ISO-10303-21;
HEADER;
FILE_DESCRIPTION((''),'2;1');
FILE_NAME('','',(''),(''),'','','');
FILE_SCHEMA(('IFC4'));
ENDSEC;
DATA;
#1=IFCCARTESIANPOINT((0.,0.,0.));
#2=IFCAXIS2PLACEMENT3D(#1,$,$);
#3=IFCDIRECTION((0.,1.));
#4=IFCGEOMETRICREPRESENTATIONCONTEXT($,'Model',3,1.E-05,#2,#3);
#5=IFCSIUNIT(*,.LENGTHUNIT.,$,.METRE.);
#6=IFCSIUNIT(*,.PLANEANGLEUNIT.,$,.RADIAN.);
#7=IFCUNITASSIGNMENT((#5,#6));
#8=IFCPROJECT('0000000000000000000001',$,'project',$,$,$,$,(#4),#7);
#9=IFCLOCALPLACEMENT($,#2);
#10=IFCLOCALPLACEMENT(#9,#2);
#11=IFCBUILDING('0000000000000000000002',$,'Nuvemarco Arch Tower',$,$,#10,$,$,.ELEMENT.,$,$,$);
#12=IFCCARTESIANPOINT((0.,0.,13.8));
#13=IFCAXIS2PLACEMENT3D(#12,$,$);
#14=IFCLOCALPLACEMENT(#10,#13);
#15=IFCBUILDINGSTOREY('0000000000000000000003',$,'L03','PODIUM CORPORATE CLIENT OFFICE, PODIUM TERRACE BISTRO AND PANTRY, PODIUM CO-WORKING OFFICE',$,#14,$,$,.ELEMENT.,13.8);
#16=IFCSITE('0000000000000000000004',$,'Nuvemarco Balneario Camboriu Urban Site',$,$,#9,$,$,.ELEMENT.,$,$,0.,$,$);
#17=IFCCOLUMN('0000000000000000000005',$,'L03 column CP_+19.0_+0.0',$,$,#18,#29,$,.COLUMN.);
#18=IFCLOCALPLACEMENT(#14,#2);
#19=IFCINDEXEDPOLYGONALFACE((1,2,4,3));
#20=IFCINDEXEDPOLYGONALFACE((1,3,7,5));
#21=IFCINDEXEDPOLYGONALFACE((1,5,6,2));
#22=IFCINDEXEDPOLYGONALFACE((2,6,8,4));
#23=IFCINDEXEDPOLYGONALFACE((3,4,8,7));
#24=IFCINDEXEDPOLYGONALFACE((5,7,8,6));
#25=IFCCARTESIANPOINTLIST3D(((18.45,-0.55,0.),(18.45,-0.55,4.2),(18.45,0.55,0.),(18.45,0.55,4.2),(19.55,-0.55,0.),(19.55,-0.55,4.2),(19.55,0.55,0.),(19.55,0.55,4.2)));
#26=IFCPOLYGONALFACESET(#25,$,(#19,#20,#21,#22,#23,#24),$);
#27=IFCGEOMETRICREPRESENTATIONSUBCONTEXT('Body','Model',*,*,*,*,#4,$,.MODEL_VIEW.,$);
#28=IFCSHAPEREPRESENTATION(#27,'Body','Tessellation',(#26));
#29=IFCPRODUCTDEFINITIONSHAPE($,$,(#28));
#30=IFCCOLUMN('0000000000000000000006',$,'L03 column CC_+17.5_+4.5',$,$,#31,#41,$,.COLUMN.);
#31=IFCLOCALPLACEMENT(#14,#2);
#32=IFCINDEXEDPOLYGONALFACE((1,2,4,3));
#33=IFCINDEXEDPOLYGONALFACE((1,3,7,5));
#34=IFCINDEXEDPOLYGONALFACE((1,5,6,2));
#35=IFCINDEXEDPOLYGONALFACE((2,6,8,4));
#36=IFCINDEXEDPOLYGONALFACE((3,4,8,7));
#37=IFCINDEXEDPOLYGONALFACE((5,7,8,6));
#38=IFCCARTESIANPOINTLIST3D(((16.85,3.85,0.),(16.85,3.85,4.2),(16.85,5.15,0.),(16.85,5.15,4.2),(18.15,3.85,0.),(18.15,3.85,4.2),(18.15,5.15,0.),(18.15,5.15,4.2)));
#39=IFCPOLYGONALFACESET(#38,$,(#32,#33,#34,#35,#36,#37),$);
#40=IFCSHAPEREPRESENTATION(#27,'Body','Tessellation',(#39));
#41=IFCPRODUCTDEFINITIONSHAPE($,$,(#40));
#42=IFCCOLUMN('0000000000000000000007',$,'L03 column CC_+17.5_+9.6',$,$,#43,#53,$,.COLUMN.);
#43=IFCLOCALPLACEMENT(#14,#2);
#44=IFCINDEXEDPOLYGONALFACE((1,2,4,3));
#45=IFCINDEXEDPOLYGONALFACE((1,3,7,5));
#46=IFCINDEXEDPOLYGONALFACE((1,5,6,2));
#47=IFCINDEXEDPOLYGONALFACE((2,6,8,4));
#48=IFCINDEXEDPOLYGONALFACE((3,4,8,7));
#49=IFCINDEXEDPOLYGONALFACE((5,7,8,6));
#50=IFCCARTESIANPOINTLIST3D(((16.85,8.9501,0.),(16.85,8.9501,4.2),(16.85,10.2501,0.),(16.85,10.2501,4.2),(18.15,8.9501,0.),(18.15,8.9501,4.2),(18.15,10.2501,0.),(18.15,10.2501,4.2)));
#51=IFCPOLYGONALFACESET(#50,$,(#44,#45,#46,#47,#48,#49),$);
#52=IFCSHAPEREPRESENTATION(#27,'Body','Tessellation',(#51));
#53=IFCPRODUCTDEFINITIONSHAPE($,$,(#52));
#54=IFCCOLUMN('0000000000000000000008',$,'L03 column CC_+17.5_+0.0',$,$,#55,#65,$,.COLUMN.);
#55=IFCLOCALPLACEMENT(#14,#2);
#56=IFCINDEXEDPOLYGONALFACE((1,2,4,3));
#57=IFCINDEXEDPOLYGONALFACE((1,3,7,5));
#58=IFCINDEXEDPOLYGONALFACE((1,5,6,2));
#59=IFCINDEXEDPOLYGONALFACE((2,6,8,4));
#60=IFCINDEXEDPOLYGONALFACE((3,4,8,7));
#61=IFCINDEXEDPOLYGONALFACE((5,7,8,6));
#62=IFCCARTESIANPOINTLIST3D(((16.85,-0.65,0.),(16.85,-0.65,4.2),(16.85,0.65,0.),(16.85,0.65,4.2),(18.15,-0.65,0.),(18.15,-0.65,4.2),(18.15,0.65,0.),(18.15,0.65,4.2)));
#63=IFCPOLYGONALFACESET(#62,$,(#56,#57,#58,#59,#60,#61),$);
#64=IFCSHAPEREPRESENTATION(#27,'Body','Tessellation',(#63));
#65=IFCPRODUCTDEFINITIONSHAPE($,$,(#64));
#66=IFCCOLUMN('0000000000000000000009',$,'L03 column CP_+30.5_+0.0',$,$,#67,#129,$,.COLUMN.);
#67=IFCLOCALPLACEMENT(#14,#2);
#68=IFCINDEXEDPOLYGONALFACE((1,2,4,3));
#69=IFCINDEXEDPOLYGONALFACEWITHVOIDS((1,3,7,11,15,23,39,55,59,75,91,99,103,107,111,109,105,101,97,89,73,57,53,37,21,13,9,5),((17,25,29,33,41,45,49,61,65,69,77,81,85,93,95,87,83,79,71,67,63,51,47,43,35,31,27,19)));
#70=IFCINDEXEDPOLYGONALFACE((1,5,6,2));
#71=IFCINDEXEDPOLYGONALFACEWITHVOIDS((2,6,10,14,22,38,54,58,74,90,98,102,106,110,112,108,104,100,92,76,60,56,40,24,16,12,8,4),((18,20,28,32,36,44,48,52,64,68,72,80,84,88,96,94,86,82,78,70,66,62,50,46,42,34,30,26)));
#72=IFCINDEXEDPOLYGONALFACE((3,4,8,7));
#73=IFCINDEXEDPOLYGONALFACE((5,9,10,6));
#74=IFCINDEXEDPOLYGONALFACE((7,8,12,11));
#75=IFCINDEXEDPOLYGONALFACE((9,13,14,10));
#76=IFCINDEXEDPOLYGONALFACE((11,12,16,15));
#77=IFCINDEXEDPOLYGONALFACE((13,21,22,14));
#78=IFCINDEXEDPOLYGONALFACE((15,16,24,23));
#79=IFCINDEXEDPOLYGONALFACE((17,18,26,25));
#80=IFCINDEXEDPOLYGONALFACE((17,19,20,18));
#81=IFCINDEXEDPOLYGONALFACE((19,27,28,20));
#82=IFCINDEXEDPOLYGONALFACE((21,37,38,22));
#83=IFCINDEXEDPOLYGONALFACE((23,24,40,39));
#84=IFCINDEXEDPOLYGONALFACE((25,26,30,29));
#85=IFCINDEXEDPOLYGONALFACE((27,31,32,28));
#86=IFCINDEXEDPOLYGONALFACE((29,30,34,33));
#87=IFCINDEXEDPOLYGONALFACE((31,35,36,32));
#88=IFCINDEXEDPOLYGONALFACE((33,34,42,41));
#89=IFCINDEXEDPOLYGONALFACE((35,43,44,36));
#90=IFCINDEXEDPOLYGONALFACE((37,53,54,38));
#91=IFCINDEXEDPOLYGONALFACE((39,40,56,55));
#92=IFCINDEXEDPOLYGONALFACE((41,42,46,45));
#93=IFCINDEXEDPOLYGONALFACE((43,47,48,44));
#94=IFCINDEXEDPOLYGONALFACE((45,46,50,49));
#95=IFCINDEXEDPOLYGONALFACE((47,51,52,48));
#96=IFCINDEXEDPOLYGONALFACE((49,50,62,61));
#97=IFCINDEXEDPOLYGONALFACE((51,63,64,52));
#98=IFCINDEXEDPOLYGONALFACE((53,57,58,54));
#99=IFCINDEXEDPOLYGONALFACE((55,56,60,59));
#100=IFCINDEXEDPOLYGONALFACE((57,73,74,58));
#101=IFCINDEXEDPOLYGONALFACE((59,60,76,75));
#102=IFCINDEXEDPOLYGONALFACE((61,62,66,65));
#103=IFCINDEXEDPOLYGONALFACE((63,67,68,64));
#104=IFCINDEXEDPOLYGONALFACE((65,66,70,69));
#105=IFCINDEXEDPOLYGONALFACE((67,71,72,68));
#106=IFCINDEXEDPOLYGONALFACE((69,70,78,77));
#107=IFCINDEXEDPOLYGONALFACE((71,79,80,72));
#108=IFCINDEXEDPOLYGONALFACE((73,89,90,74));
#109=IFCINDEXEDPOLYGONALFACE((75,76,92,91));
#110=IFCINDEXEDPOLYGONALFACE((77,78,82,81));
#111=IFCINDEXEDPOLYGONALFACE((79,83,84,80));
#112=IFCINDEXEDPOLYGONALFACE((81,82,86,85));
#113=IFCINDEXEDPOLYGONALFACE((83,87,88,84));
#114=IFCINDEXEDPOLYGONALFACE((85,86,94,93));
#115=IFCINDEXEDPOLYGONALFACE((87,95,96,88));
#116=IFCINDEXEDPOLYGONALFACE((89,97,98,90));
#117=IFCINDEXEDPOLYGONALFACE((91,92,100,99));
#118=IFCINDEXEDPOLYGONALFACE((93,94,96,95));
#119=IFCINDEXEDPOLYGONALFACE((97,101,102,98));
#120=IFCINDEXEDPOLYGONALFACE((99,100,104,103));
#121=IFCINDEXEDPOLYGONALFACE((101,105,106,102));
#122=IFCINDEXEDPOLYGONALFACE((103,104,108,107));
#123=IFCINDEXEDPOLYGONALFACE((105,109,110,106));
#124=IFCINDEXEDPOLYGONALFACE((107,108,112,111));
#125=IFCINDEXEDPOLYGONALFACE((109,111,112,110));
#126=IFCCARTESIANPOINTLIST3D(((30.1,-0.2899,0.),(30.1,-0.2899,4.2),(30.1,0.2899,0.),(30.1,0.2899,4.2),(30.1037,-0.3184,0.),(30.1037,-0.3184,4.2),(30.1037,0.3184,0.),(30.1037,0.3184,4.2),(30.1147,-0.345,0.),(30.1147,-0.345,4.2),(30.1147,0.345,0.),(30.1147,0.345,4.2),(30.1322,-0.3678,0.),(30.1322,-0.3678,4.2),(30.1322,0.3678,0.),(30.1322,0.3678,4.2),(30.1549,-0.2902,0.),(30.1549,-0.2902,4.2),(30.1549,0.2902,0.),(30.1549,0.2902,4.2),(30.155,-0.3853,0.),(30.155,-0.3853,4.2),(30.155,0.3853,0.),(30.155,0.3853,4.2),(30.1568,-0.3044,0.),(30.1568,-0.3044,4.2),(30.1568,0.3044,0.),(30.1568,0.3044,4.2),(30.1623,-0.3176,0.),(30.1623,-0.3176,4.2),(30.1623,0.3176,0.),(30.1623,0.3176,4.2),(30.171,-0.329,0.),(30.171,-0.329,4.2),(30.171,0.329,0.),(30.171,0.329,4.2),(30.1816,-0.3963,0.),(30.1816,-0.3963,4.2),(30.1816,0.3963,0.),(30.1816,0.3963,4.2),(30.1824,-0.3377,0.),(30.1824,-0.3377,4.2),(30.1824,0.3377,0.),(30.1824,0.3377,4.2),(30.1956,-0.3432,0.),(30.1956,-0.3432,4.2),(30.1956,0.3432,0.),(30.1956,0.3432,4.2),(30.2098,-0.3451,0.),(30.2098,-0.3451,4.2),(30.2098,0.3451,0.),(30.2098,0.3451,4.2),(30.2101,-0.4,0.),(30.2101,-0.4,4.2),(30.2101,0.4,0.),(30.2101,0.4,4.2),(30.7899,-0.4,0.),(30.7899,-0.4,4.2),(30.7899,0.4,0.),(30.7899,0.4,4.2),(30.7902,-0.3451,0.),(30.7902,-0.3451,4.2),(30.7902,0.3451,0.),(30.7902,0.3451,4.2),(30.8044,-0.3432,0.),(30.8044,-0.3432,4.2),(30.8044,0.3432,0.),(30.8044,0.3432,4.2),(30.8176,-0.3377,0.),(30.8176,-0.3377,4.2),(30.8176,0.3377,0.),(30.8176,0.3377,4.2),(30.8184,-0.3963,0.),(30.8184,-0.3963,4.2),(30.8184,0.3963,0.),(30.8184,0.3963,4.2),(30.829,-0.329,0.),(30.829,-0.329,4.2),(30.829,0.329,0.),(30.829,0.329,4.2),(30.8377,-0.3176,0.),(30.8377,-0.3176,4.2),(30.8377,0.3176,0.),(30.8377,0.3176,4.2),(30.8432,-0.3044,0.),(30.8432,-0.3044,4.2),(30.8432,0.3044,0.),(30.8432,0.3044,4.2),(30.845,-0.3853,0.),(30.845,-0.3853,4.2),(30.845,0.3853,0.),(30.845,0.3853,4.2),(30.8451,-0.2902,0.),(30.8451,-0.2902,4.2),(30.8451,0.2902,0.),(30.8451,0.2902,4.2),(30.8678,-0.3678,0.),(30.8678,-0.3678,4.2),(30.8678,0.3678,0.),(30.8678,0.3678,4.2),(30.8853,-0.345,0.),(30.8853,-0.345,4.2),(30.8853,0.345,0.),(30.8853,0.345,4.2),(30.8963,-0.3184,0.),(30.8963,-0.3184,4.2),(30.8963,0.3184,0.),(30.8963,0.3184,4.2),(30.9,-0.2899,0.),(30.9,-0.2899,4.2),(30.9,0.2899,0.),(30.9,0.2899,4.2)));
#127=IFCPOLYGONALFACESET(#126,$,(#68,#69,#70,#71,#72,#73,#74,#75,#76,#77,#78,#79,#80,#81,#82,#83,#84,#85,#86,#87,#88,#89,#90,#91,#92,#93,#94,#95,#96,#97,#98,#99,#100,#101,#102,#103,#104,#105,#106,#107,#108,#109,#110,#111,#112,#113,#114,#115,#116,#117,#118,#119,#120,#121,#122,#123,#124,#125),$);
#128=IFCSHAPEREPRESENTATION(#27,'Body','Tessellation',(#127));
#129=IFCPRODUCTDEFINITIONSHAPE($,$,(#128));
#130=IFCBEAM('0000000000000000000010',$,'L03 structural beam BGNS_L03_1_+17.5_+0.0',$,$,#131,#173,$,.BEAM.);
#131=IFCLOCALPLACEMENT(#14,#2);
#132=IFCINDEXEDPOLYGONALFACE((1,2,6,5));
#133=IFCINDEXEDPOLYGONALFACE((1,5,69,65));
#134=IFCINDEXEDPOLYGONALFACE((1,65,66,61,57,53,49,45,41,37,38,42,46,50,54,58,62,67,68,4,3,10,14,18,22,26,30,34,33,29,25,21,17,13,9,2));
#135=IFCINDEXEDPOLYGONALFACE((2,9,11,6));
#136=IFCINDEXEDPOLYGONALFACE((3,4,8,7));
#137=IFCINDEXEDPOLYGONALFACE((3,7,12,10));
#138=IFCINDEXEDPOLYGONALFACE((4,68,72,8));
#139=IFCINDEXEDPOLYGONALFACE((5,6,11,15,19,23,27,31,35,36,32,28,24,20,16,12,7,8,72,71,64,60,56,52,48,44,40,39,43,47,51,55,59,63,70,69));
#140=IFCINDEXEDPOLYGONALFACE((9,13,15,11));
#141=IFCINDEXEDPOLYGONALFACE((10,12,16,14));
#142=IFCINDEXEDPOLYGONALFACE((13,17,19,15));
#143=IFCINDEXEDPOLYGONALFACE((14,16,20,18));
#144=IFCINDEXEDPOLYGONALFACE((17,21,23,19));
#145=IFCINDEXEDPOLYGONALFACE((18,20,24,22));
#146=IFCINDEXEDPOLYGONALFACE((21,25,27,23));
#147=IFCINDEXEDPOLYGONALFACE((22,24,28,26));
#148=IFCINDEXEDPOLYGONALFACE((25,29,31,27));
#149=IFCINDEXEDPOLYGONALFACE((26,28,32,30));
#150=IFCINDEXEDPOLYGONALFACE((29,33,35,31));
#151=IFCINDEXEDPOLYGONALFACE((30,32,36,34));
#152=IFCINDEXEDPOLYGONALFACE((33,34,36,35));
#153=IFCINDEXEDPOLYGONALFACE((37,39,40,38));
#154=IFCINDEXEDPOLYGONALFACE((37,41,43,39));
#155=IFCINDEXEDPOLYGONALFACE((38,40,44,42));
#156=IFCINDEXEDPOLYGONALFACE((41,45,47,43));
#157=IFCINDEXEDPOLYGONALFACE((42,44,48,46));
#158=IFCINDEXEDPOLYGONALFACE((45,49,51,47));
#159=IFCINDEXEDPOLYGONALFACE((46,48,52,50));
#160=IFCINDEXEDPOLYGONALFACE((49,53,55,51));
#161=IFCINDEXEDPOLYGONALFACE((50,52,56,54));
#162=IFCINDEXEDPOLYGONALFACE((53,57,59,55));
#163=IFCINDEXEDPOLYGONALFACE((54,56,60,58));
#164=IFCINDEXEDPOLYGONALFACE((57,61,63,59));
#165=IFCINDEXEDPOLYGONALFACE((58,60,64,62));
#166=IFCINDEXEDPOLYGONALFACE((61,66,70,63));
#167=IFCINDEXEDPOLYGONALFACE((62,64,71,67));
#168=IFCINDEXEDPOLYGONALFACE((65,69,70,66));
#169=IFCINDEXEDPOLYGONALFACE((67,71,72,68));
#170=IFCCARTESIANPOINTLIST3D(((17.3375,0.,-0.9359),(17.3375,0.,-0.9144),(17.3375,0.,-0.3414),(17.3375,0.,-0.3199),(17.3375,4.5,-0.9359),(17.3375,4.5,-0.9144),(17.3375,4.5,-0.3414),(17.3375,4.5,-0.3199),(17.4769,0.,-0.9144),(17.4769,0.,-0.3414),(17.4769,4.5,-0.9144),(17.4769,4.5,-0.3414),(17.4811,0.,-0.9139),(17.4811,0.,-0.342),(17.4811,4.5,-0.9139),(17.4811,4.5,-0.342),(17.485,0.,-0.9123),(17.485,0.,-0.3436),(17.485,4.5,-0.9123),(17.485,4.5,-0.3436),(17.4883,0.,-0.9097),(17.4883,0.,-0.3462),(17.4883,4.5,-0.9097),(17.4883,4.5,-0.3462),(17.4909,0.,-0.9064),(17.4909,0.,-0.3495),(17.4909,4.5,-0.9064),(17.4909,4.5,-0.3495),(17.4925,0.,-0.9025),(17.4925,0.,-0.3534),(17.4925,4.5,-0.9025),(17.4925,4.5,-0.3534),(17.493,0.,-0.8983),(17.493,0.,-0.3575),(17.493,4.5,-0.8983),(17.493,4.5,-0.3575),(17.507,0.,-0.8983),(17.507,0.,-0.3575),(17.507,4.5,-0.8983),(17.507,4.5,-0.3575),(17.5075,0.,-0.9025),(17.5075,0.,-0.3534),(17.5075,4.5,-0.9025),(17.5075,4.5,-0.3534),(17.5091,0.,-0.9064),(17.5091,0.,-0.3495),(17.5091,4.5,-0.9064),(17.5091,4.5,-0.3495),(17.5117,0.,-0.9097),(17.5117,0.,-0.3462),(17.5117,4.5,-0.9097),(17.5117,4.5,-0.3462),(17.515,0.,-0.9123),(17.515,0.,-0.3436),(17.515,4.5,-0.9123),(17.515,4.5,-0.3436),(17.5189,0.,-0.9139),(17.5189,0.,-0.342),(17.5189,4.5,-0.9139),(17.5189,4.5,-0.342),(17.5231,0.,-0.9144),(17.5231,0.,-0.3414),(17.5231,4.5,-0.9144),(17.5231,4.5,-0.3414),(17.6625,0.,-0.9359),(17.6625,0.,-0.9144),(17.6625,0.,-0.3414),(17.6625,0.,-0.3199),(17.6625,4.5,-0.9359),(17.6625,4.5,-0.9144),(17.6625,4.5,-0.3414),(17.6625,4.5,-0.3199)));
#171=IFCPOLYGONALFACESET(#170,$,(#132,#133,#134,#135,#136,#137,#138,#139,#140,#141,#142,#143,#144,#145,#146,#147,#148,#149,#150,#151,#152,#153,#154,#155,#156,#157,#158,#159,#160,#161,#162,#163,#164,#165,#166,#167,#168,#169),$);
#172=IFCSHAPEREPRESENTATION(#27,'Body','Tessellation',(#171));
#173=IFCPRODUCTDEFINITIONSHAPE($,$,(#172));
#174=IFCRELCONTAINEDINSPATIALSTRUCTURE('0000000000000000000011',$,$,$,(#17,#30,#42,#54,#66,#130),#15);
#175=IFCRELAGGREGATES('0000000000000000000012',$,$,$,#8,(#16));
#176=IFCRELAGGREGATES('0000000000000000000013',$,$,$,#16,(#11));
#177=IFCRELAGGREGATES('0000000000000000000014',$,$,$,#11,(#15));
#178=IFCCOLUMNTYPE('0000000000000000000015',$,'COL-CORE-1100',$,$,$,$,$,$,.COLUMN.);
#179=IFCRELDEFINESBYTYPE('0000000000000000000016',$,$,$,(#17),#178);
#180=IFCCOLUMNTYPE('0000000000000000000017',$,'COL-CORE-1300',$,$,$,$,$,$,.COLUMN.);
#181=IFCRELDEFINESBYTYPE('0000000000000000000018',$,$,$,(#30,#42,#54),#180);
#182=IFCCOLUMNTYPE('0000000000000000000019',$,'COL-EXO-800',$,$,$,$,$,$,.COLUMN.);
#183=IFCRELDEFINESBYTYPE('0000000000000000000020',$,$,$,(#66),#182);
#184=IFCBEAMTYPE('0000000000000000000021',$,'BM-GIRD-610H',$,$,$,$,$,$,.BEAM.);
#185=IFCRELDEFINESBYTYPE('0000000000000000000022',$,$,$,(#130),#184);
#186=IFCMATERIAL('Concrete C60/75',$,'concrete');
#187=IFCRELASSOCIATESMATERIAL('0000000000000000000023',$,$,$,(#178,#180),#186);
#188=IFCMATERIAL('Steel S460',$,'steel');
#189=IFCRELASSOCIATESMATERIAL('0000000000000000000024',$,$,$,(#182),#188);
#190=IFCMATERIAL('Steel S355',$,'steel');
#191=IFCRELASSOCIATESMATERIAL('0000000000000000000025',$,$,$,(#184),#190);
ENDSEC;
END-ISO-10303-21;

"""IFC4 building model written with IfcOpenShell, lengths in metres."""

from ifc_helpers import new_model, si_unit, direction, frame, origin, origin_2d, place, context, subcontext, project, spatial, rectangle, hollow_rectangle, i_section, extrude, material, material_profile, profile_set, type_object, element, save


model = new_model("IFC4")

# Units and contexts
model_context = context("Model", 3, precision=1e-05, world=origin(), true_north=direction((0.0, 1.0)))
body_context = subcontext(model_context, "Body", "Model", "MODEL_VIEW")
ifc_project = project(units=[si_unit("LENGTHUNIT", "METRE"), si_unit("PLANEANGLEUNIT", "RADIAN")], contexts=[model_context])

# Site, building, storey
site_placement = place(None, origin())
site = spatial("IfcSite", under=ifc_project, at=site_placement, Name="Nuvemarco Balneario Camboriu Urban Site", CompositionType="ELEMENT", RefElevation=0.0)
building_placement = place(site_placement, origin())
building = spatial("IfcBuilding", under=site, at=building_placement, Name="Nuvemarco Arch Tower", CompositionType="ELEMENT")
storey_placement = place(building_placement, frame((0.0, 0.0, 13.8)))
storey = spatial("IfcBuildingStorey", under=building, at=storey_placement, Name="L03", Description="PODIUM CORPORATE CLIENT OFFICE, PODIUM TERRACE BISTRO AND PANTRY, PODIUM CO-WORKING OFFICE", CompositionType="ELEMENT", Elevation=13.8)

# Columns
ifc_material_1 = material(Name="Concrete C60/75", Category="concrete")
ifc_material_profile_1 = material_profile(ifc_material_1, rectangle(XDim=1.1001, YDim=1.1001, at=origin_2d()), Name="RC-COL-1100x1100")
ifc_profile_set_1 = profile_set([ifc_material_profile_1], Name="Concrete C60/75")
column_type_1 = type_object("IfcColumnType", Name="COL-CORE-1100", PredefinedType="COLUMN", material=ifc_profile_set_1)
column_1_placement = place(storey_placement, frame((19.0, 0.0, 0.0), z_axis=(0.0, 0.0, 1.0), x_axis=(1.0, 0.0, 0.0)))
element("IfcColumn", 1, at=column_1_placement, inside=storey, type_object=column_type_1, Name="L03 column CP_+19.0_+0.0", PredefinedType="COLUMN", context=body_context, shape_type="SweptSolid", body=[
    extrude(rectangle(XDim=1.1001, YDim=1.1001, at=origin_2d()), origin(), (0.0, 0.0, 1.0), 4.2),
])
ifc_material_profile_2 = material_profile(ifc_material_1, rectangle(XDim=1.3, YDim=1.3, at=origin_2d()), Name="RC-COL-1300x1300")
ifc_profile_set_2 = profile_set([ifc_material_profile_2], Name="Concrete C60/75")
column_type_2 = type_object("IfcColumnType", Name="COL-CORE-1300", PredefinedType="COLUMN", material=ifc_profile_set_2)
for number, where, z_axis, x_axis, name in (
    (2, (17.5, 4.5, 0.0), (0.0, 0.0, 1.0), (1.0, 0.0, 0.0), "L03 column CC_+17.5_+4.5"),
    (3, (17.5, 9.6001, 0.0), (0.0, 0.0, 1.0), (1.0, 0.0, 0.0), "L03 column CC_+17.5_+9.6"),
    (4, (17.5, 0.0, 0.0), (0.0, 0.0, 1.0), (1.0, 0.0, 0.0), "L03 column CC_+17.5_+0.0"),
):
    element("IfcColumn", number, at=place(storey_placement, frame(where, z_axis=z_axis, x_axis=x_axis)), inside=storey, type_object=column_type_2, Name=name, PredefinedType="COLUMN", context=body_context, shape_type="SweptSolid", body=[
        extrude(rectangle(XDim=1.3, YDim=1.3, at=origin_2d()), origin(), (0.0, 0.0, 1.0), 4.2),
    ])
ifc_material_2 = material(Name="Steel S460", Category="steel")
ifc_material_profile_3 = material_profile(ifc_material_2, hollow_rectangle(XDim=0.8, YDim=0.8, WallThickness=0.0549, InnerFilletRadius=0.0549, OuterFilletRadius=0.1101, at=origin_2d()), Name="SHS800x800x55")
ifc_profile_set_3 = profile_set([ifc_material_profile_3], Name="Steel S460")
column_type_3 = type_object("IfcColumnType", Name="COL-EXO-800", PredefinedType="COLUMN", material=ifc_profile_set_3)
column_2_placement = place(storey_placement, frame((30.5, 0.0, 0.0), z_axis=(0.0, 0.0, 1.0), x_axis=(1.0, 0.0, 0.0)))
element("IfcColumn", 5, at=column_2_placement, inside=storey, type_object=column_type_3, Name="L03 column CP_+30.5_+0.0", PredefinedType="COLUMN", context=body_context, shape_type="SweptSolid", body=[
    extrude(hollow_rectangle(XDim=0.8, YDim=0.8, WallThickness=0.0549, InnerFilletRadius=0.0549, OuterFilletRadius=0.1101, at=origin_2d()), origin(), (0.0, 0.0, 1.0), 4.2),
])

# Beam
ifc_material_3 = material(Name="Steel S355", Category="steel")
ifc_material_profile_4 = material_profile(ifc_material_3, i_section(OverallWidth=0.325, OverallDepth=0.616, WebThickness=0.0139, FlangeThickness=0.0215, FilletRadius=0.0161, at=origin_2d()), Name="W610x174")
ifc_profile_set_4 = profile_set([ifc_material_profile_4], Name="Steel S355")
beam_type_1 = type_object("IfcBeamType", Name="BM-GIRD-610H", PredefinedType="BEAM", material=ifc_profile_set_4)
beam_1_placement = place(storey_placement, frame((17.5, 0.0, -0.6279), z_axis=(0.0, 1.0, 0.0), x_axis=(-1.0, 0.0, 0.0)))
element("IfcBeam", 6, at=beam_1_placement, inside=storey, type_object=beam_type_1, Name="L03 structural beam BGNS_L03_1_+17.5_+0.0", PredefinedType="BEAM", context=body_context, shape_type="SweptSolid", body=[
    extrude(i_section(OverallWidth=0.325, OverallDepth=0.616, WebThickness=0.0139, FlangeThickness=0.0215, FilletRadius=0.0161, at=origin_2d()), origin(), (0.0, 0.0, 1.0), 4.5),
])

save(model, "model.ifc")
